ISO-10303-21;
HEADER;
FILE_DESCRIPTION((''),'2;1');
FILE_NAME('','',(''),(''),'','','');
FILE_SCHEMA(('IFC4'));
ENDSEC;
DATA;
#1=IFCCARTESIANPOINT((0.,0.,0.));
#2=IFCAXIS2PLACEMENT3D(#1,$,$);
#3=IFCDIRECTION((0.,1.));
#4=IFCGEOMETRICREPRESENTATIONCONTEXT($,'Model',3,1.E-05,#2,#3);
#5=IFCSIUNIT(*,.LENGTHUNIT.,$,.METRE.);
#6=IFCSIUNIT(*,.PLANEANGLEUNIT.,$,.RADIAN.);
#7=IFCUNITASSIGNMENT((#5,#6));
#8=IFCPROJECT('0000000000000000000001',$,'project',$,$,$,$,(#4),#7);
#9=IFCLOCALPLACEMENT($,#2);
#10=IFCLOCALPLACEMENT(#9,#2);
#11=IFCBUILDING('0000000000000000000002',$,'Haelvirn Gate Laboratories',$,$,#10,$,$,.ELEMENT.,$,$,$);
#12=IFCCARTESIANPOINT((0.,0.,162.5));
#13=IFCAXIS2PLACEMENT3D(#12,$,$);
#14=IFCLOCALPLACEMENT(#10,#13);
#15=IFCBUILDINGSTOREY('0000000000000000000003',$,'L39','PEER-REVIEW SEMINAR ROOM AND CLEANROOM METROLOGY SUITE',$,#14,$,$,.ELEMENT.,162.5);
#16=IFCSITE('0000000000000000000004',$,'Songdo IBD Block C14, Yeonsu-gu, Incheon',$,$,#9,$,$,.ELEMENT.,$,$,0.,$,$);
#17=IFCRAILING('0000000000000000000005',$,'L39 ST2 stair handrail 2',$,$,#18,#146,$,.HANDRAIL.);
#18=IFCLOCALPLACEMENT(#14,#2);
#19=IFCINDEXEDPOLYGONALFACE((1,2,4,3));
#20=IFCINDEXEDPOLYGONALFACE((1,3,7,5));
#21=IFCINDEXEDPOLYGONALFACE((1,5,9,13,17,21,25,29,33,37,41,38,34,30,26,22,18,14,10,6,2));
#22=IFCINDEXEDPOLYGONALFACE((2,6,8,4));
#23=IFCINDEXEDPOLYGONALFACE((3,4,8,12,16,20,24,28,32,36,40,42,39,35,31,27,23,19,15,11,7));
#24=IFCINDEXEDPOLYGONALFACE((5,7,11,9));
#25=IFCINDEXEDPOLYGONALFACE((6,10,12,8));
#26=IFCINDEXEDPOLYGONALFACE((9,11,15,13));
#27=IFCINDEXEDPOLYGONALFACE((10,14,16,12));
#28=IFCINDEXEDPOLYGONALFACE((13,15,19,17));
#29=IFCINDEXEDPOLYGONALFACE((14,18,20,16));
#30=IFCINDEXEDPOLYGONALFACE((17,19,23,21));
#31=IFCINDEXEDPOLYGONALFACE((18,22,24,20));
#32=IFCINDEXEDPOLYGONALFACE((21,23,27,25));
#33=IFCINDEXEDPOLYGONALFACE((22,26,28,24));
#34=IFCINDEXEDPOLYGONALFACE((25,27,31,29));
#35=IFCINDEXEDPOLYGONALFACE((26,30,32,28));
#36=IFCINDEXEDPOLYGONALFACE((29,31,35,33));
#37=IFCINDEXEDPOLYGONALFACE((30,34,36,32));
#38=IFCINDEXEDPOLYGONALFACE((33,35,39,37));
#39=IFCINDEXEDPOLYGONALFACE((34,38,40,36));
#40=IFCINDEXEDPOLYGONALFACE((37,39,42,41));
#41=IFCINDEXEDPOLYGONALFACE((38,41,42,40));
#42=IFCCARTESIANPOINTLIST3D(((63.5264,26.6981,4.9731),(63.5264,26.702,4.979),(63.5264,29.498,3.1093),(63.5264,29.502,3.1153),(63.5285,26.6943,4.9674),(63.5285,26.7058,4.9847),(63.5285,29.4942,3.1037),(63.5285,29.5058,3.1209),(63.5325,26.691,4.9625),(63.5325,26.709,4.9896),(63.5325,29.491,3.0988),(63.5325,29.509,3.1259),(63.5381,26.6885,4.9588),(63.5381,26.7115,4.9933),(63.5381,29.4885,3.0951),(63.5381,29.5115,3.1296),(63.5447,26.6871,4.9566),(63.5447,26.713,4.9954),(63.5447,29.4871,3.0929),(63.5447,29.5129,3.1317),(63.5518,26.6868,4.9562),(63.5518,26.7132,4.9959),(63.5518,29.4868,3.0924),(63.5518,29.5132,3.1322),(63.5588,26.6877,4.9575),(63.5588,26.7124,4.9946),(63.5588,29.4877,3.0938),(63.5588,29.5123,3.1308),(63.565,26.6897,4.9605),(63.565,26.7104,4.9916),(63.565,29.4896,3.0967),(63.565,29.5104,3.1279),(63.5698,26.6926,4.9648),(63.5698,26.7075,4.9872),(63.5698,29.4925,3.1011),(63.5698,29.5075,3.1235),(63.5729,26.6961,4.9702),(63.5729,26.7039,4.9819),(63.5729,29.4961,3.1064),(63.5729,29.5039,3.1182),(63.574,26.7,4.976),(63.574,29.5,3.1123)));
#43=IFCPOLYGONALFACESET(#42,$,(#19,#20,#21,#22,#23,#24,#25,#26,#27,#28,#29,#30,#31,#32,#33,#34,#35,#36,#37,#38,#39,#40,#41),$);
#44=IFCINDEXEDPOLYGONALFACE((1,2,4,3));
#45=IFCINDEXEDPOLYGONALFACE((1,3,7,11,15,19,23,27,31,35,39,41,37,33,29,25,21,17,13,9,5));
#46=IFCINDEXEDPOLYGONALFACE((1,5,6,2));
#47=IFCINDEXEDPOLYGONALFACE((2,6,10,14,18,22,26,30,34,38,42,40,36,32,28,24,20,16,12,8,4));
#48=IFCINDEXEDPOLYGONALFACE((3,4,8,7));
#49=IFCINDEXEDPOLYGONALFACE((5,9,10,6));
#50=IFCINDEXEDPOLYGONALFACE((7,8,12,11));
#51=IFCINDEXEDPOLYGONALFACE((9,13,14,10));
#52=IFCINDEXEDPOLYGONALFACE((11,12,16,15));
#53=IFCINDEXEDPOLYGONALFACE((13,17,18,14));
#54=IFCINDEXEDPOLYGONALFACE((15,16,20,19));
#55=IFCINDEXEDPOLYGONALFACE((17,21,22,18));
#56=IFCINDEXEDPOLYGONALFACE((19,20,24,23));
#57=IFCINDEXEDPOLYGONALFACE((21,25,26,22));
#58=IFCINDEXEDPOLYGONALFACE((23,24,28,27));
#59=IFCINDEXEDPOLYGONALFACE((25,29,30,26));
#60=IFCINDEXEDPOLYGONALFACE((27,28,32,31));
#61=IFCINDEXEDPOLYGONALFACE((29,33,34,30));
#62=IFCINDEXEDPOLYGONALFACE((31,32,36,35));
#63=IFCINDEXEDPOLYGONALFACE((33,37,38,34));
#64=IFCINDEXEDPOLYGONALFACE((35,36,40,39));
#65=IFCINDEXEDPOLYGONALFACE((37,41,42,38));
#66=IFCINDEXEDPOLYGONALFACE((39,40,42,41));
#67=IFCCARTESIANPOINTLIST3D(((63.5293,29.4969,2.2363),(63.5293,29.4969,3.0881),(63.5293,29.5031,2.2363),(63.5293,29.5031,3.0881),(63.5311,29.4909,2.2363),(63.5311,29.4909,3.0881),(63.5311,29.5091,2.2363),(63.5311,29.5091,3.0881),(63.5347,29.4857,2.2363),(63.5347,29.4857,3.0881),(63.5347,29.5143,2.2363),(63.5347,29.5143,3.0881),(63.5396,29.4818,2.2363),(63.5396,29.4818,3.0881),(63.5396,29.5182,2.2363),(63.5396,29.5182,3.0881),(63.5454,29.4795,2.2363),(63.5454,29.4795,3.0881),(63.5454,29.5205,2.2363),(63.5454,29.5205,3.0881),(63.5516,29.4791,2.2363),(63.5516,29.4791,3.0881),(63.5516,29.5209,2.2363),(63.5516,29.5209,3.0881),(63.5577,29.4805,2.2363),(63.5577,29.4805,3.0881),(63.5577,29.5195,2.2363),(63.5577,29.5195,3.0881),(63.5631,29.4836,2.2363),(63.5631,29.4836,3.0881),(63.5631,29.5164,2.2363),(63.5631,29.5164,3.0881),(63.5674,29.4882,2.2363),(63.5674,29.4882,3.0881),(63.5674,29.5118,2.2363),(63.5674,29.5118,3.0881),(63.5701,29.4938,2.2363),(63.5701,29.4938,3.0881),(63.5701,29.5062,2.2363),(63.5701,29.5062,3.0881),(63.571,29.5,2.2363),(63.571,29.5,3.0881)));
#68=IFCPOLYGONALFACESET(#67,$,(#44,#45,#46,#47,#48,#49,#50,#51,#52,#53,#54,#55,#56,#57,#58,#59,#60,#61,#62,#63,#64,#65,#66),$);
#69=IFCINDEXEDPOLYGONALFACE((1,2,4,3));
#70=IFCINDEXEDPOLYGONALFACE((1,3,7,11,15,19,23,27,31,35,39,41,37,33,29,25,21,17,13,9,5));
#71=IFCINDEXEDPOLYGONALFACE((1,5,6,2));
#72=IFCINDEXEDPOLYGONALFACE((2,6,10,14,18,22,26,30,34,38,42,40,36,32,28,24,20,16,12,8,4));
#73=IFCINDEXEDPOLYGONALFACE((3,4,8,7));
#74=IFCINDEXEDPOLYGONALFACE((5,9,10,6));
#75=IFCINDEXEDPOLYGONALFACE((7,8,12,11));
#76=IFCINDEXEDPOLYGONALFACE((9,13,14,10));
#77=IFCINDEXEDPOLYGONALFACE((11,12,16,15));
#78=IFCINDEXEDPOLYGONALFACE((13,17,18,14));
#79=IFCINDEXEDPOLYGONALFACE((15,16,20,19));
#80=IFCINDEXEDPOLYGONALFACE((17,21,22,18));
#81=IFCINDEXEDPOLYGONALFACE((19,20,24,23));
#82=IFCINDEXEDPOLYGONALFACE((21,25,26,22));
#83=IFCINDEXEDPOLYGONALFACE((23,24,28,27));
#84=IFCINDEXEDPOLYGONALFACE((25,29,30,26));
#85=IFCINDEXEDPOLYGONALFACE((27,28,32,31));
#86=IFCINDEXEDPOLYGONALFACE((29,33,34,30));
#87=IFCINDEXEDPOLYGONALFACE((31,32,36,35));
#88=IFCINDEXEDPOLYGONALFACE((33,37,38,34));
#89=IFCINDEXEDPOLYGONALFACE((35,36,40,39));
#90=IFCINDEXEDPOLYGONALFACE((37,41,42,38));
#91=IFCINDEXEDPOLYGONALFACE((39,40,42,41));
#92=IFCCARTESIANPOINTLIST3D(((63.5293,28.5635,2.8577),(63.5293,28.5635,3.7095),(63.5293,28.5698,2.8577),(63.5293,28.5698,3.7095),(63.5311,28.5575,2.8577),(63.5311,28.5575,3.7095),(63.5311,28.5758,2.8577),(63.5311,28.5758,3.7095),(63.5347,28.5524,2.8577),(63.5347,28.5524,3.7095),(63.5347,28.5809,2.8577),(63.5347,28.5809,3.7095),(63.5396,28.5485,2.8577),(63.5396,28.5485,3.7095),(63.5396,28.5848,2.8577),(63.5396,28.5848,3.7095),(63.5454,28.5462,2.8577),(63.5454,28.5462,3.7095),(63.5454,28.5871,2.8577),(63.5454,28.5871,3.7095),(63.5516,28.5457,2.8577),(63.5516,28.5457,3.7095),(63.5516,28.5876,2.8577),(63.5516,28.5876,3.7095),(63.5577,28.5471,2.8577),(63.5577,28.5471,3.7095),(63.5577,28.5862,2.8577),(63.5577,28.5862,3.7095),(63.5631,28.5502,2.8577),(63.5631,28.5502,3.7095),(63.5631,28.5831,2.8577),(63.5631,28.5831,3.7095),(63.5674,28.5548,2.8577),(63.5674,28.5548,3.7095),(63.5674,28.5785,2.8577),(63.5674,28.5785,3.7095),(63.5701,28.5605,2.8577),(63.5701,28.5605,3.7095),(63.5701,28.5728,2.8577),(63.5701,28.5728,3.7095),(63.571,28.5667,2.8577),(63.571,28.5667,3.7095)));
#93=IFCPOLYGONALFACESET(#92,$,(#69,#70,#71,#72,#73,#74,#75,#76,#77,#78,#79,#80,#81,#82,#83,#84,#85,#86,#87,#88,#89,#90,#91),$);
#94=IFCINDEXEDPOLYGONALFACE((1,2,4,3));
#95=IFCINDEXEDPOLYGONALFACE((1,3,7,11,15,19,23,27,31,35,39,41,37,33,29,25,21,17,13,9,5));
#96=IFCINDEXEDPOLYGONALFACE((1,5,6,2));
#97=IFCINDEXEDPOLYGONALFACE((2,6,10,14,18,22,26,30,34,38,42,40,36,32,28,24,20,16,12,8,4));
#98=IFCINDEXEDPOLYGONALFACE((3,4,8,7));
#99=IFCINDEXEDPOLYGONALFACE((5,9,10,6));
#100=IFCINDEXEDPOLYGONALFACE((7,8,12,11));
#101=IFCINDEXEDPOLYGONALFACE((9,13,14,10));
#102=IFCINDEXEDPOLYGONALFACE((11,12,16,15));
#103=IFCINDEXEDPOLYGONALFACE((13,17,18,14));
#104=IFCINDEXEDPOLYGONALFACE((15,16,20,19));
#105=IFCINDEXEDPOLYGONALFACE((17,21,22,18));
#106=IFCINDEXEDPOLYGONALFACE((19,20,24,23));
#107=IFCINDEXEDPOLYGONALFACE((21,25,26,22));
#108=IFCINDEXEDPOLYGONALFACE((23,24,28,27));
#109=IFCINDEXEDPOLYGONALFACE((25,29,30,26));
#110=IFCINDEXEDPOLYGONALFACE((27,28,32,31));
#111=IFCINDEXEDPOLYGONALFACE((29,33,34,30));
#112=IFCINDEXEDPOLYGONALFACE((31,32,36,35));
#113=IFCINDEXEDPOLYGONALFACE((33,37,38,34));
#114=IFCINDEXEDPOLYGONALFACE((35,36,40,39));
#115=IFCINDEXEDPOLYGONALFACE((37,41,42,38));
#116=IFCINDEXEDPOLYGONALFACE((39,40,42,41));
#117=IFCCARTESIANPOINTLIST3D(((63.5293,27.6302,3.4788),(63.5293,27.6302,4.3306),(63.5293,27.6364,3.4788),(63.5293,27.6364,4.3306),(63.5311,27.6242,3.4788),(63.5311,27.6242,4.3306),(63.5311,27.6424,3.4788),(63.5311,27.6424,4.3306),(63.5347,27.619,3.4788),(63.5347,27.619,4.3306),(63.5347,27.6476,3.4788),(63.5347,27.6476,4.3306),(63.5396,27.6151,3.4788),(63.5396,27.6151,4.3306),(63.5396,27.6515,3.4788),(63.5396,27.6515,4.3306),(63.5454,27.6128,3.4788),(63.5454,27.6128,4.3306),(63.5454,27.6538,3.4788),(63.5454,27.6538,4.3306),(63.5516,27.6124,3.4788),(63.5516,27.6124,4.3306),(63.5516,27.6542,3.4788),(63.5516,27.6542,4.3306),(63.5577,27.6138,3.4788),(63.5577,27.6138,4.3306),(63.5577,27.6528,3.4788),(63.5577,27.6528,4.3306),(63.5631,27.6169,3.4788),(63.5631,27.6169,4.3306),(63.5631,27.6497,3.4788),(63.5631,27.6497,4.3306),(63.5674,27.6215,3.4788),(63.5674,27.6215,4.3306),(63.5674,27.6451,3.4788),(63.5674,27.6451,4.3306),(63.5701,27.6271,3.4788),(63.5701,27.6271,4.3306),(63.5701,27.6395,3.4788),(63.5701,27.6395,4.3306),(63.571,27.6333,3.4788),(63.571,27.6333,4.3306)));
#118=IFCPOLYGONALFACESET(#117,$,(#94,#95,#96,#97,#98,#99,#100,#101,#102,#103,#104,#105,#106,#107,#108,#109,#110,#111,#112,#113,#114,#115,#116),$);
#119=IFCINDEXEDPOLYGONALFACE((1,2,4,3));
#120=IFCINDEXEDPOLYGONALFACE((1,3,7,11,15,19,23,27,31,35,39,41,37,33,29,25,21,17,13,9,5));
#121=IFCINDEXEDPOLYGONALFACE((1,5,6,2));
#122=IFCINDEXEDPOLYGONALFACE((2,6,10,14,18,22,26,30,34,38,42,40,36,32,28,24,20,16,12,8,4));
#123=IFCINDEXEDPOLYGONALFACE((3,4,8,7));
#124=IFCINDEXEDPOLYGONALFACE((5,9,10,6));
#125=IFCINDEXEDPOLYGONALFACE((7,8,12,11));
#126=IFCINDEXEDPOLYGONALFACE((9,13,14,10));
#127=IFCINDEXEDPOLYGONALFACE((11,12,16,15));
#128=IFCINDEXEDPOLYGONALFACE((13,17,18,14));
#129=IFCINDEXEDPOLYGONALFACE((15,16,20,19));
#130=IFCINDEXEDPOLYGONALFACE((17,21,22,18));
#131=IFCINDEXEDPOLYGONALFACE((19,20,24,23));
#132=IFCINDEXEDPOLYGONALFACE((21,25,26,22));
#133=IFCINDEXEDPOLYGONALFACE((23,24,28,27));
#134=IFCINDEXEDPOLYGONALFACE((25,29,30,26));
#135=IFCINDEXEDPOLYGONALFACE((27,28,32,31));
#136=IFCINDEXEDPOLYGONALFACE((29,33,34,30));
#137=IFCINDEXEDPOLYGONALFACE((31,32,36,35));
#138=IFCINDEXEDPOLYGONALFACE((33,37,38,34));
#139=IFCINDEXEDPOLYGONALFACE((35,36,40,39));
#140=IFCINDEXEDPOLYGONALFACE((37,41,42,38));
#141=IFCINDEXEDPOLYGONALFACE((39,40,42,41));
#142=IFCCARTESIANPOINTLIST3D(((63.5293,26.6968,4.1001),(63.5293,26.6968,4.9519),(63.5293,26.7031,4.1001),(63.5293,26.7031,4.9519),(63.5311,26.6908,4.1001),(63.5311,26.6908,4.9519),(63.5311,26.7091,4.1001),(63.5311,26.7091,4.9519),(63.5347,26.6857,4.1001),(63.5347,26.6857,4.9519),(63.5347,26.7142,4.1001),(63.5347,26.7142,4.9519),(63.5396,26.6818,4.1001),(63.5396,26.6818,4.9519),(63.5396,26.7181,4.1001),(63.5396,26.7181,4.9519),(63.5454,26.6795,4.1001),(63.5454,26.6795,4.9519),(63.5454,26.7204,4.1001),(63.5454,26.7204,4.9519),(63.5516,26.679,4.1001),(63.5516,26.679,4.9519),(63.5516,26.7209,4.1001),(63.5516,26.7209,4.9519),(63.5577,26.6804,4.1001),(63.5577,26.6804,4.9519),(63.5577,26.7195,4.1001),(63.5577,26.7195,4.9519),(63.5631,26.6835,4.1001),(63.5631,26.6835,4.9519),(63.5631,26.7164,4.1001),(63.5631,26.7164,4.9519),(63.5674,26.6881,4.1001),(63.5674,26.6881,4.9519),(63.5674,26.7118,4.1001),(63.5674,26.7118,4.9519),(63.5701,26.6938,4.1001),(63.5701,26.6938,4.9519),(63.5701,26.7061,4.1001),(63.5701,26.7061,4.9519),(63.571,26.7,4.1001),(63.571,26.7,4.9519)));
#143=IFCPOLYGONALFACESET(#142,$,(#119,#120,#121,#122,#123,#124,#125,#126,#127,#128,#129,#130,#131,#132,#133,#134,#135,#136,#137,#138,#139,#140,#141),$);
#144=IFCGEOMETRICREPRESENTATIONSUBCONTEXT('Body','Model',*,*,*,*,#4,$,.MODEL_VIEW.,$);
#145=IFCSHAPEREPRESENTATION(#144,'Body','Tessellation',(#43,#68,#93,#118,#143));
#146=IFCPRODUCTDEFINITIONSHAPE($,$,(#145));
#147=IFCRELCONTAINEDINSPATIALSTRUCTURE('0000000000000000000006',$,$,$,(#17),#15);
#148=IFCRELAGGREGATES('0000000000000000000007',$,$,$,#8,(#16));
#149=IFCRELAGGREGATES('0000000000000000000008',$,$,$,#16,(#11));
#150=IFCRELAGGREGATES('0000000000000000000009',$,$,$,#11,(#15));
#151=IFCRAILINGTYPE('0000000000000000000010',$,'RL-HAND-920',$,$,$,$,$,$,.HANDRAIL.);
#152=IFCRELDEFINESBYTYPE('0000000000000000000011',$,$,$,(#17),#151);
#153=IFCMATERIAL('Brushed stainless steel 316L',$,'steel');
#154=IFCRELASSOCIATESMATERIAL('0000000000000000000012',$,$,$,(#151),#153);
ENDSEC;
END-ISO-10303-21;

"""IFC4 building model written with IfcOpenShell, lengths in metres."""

from ifc_helpers import new_model, si_unit, direction, frame, origin, origin_2d, place, context, subcontext, project, spatial, circle, extrude, source, transform, mapped, material, type_object, element, save


model = new_model("IFC4")

# Units and contexts
model_context = context("Model", 3, precision=1e-05, world=origin(), true_north=direction((0.0, 1.0)))
body_context = subcontext(model_context, "Body", "Model", "MODEL_VIEW")
ifc_project = project(units=[si_unit("LENGTHUNIT", "METRE"), si_unit("PLANEANGLEUNIT", "RADIAN")], contexts=[model_context])

# Site, building, storey
site_placement = place(None, origin())
site = spatial("IfcSite", under=ifc_project, at=site_placement, Name="Songdo IBD Block C14, Yeonsu-gu, Incheon", CompositionType="ELEMENT", RefElevation=0.0)
building_placement = place(site_placement, origin())
building = spatial("IfcBuilding", under=site, at=building_placement, Name="Haelvirn Gate Laboratories", CompositionType="ELEMENT")
storey_placement = place(building_placement, frame((0.0, 0.0, 162.5)))
storey = spatial("IfcBuildingStorey", under=building, at=storey_placement, Name="L39", Description="PEER-REVIEW SEMINAR ROOM AND CLEANROOM METROLOGY SUITE", CompositionType="ELEMENT", Elevation=162.5)

# Railing
ifc_material_1 = material(Name="Brushed stainless steel 316L", Category="steel")
railing_type_1 = type_object("IfcRailingType", Name="RL-HAND-920", PredefinedType="HANDRAIL", material=ifc_material_1)
shared_shape_1 = source(origin(), body_context, "Body", "SweptSolid", [
    extrude(circle(Radius=0.0239, at=origin_2d()), frame((0.0, 0.0, 0.876), z_axis=(0.0, -0.832452, 0.554097), x_axis=(1.0, 0.0, 0.0)), (0.0, 0.0, 1.0), 3.3635),
    extrude(circle(Radius=0.021, at=origin_2d()), origin(), (0.0, 0.0, 1.0), 0.8518),
    extrude(circle(Radius=0.021, at=origin_2d()), frame((0.0, -0.9333, 0.6213)), (0.0, 0.0, 1.0), 0.8518),
    extrude(circle(Radius=0.021, at=origin_2d()), frame((0.0, -1.8667, 1.2424)), (0.0, 0.0, 1.0), 0.8518),
    extrude(circle(Radius=0.021, at=origin_2d()), frame((0.0, -2.8, 1.8638)), (0.0, 0.0, 1.0), 0.8518),
])
railing_1_placement = place(storey_placement, frame((63.55, 29.5, 2.2363)))
element("IfcRailing", 1, at=railing_1_placement, inside=storey, type_object=railing_type_1, Name="L39 ST2 stair handrail 2", PredefinedType="HANDRAIL", context=body_context, shape_type="MappedRepresentation", body=[
    mapped(shared_shape_1, transform((0.0, 0.0, 0.0), scale=1.0)),
])

save(model, "model.ifc")
